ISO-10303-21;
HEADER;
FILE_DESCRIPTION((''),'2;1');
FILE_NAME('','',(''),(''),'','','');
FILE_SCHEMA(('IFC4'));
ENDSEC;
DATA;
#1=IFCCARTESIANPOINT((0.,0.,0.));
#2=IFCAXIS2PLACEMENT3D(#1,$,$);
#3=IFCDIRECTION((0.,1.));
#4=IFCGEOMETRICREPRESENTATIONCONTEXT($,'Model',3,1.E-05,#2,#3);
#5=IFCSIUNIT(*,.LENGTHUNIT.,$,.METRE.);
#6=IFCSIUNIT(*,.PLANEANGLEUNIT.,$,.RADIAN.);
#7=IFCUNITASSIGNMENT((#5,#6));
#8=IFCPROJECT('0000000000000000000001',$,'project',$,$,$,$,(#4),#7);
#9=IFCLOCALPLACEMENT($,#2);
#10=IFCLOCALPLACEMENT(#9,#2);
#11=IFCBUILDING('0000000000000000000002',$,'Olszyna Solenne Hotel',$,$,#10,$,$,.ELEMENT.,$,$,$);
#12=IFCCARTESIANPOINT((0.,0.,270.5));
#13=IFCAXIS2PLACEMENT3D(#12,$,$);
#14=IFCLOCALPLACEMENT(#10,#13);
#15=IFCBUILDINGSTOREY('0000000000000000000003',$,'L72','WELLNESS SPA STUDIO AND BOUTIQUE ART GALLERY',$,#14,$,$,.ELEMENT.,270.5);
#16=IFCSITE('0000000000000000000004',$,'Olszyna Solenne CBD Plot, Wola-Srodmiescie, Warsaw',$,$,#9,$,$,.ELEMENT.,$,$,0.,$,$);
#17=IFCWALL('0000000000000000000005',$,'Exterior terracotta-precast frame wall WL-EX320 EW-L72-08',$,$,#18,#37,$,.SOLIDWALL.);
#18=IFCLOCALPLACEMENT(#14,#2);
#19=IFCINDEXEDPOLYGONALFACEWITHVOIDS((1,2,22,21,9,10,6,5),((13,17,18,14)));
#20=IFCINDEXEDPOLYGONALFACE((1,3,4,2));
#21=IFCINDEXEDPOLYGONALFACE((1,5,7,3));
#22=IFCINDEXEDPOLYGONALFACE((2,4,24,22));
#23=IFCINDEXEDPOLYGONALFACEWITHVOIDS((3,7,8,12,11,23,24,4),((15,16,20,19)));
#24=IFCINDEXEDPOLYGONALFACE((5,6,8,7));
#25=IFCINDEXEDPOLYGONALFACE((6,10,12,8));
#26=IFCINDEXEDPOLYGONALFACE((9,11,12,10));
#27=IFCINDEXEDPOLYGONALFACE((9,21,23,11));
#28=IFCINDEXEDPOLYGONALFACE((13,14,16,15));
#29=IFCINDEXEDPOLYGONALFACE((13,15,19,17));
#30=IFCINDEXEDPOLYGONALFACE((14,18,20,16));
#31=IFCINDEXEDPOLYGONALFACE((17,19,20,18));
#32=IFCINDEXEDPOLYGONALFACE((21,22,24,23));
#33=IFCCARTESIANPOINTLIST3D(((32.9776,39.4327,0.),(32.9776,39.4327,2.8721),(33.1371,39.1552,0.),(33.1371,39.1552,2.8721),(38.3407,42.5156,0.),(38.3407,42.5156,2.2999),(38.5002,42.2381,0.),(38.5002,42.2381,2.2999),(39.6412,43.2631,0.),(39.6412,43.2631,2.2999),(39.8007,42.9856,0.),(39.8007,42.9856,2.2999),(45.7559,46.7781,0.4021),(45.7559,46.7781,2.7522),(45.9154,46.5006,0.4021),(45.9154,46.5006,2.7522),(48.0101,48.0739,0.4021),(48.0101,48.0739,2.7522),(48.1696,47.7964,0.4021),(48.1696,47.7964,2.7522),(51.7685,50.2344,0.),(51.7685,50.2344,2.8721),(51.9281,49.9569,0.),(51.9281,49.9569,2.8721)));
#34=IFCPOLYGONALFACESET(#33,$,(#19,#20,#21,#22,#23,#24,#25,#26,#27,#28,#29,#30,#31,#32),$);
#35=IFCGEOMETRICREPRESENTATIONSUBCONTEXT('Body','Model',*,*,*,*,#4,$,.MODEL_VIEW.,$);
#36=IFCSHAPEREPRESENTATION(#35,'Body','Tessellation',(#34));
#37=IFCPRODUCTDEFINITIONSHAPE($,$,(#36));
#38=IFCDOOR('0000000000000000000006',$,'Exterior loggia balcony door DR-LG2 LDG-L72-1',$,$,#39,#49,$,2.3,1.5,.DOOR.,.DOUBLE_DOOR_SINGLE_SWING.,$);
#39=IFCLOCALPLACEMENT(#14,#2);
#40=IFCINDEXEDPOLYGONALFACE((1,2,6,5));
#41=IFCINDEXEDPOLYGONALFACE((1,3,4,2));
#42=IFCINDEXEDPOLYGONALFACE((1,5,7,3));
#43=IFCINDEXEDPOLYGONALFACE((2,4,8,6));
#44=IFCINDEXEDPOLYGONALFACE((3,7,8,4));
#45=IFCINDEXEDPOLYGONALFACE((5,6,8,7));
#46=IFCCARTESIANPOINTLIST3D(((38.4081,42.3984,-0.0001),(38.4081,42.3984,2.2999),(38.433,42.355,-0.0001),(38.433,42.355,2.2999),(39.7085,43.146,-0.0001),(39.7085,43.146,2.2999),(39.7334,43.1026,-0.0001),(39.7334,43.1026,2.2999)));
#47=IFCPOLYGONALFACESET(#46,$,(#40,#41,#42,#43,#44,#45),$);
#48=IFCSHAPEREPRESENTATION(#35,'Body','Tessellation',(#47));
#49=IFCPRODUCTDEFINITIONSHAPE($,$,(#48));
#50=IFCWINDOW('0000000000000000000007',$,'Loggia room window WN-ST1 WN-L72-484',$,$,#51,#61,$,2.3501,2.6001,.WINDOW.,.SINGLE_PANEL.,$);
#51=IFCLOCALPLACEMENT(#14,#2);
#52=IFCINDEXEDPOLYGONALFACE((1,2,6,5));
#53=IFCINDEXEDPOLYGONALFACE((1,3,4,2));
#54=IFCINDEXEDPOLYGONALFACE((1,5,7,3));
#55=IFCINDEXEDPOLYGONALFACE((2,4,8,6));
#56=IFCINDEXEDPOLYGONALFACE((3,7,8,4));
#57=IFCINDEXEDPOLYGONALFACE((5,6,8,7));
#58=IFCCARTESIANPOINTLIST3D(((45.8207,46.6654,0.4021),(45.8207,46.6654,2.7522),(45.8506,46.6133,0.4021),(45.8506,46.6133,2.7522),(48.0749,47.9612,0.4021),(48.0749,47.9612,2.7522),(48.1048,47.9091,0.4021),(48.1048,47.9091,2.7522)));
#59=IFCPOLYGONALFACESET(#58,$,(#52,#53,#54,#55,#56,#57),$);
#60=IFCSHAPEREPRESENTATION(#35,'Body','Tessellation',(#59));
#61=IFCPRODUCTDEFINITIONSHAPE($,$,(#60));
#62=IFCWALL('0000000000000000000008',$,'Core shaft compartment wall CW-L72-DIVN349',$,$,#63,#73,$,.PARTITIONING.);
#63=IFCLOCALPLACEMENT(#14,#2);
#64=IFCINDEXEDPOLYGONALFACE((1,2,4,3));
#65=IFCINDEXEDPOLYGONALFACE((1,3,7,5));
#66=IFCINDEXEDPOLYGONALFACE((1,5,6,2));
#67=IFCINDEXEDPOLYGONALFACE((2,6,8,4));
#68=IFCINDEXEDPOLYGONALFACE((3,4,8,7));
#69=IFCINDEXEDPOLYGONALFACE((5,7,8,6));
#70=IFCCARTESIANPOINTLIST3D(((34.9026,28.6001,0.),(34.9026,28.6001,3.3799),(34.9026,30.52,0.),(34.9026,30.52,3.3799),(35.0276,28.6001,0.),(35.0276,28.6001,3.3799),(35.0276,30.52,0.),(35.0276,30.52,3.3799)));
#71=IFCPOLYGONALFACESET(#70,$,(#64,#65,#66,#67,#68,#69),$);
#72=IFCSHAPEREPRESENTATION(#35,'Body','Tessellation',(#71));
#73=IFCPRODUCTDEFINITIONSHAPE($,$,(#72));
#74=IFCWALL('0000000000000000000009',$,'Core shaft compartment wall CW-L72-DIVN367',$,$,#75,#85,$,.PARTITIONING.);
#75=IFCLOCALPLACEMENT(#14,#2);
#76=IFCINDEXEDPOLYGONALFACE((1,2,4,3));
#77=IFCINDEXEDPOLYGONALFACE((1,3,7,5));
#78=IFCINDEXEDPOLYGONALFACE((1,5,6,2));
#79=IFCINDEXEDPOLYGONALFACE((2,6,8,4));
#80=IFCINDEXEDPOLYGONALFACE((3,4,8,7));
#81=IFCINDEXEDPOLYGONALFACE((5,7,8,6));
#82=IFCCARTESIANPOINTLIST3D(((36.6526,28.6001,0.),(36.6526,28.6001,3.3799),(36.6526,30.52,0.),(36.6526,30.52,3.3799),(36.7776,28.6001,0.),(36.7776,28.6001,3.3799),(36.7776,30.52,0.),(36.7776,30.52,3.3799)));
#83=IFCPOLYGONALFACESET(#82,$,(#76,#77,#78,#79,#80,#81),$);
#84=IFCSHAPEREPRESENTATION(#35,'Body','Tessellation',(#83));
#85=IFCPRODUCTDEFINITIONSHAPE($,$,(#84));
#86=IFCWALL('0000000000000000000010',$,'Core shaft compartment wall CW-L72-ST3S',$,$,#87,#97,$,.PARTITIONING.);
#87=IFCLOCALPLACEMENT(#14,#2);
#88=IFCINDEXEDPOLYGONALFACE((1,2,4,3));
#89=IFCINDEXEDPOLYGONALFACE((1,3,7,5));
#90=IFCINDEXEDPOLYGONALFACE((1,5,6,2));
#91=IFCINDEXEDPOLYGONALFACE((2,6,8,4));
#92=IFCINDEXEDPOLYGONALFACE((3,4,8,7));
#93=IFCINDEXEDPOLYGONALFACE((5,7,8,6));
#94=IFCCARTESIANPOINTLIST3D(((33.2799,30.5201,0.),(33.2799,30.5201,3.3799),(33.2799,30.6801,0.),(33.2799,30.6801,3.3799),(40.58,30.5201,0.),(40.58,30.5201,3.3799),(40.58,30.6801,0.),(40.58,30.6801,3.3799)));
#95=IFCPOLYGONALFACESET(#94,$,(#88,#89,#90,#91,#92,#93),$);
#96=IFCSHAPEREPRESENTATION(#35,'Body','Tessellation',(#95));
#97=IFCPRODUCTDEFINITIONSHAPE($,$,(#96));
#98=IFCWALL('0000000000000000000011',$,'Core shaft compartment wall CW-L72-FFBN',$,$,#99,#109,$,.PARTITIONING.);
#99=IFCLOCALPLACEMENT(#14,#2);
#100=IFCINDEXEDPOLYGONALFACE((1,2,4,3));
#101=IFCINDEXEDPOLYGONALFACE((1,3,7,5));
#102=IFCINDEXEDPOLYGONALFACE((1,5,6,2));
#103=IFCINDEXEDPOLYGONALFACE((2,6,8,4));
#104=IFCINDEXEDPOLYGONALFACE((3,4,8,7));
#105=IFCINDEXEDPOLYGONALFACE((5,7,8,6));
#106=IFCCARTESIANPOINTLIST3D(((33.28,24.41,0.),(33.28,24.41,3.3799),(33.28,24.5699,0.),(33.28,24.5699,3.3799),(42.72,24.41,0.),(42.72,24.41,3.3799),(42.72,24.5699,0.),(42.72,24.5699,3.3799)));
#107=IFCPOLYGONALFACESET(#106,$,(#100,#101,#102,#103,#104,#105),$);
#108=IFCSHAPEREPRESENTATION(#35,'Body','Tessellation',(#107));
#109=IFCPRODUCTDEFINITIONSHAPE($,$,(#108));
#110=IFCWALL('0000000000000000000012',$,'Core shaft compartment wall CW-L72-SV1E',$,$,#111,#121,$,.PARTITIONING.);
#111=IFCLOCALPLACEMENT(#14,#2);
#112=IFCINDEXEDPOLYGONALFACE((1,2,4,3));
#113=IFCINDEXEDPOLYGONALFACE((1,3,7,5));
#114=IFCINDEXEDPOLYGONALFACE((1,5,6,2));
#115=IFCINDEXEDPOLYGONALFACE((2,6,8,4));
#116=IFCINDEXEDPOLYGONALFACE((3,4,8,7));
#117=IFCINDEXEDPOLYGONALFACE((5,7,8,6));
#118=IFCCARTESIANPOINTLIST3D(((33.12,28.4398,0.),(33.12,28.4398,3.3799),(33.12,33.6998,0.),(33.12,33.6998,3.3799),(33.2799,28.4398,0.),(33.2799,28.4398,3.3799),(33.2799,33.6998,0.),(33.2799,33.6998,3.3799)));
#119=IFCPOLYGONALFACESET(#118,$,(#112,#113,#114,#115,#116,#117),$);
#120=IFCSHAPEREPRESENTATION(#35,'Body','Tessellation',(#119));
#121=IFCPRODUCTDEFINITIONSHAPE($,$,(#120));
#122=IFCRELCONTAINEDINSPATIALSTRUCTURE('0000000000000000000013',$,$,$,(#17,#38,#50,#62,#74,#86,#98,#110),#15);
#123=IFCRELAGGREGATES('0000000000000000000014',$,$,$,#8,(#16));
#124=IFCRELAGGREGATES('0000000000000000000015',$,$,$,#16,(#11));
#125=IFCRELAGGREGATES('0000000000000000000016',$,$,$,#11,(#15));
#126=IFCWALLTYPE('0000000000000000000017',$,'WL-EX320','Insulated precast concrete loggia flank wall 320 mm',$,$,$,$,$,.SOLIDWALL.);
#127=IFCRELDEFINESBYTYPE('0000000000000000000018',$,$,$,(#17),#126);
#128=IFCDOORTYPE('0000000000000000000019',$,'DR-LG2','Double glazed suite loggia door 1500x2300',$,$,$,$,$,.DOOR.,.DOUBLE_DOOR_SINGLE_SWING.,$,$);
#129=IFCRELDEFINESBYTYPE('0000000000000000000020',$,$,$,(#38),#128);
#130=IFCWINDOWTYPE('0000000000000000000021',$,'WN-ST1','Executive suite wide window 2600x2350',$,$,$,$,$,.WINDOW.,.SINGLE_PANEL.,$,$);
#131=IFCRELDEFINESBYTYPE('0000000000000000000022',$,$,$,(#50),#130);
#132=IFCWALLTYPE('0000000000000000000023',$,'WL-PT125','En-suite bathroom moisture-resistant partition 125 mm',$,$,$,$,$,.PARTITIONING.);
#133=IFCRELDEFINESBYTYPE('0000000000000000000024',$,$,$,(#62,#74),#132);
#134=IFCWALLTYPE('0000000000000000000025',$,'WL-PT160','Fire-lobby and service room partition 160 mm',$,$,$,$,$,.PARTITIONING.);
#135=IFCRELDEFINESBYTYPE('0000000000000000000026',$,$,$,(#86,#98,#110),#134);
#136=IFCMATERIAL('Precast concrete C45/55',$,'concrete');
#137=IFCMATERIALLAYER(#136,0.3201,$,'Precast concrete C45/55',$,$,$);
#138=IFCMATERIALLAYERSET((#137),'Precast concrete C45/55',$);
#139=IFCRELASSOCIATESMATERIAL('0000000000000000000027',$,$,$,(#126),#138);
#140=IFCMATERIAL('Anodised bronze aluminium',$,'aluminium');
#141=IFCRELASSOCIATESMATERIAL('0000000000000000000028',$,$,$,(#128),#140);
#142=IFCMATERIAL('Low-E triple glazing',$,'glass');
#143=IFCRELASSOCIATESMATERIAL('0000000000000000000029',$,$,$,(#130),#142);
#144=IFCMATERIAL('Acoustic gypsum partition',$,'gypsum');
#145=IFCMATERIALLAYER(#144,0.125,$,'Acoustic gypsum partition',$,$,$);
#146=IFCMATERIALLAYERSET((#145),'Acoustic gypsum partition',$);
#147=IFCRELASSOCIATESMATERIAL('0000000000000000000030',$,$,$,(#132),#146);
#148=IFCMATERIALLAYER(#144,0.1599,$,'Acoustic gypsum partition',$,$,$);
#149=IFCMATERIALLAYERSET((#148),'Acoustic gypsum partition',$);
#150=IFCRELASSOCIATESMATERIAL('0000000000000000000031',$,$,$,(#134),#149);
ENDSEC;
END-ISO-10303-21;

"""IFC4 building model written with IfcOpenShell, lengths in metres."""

from ifc_helpers import new_model, si_unit, direction, frame, frame_2d, origin, place, context, subcontext, project, spatial, rectangle, extrude, source, transform, mapped, material, layer, layer_set, type_object, type_shapes, element, fill, save


model = new_model("IFC4")

# Units and contexts
model_context = context("Model", 3, precision=1e-05, world=origin(), true_north=direction((0.0, 1.0)))
body_context = subcontext(model_context, "Body", "Model", "MODEL_VIEW")
ifc_project = project(units=[si_unit("LENGTHUNIT", "METRE"), si_unit("PLANEANGLEUNIT", "RADIAN")], contexts=[model_context])

# Site, building, storey
site_placement = place(None, origin())
site = spatial("IfcSite", under=ifc_project, at=site_placement, Name="Olszyna Solenne CBD Plot, Wola-Srodmiescie, Warsaw", CompositionType="ELEMENT", RefElevation=0.0)
building_placement = place(site_placement, origin())
building = spatial("IfcBuilding", under=site, at=building_placement, Name="Olszyna Solenne Hotel", CompositionType="ELEMENT")
storey_placement = place(building_placement, frame((0.0, 0.0, 270.5)))
storey = spatial("IfcBuildingStorey", under=building, at=storey_placement, Name="L72", Description="WELLNESS SPA STUDIO AND BOUTIQUE ART GALLERY", CompositionType="ELEMENT", Elevation=270.5)

# Wall, openings, door, window
ifc_material_1 = material(Name="Precast concrete C45/55", Category="concrete")
ifc_layer_1 = layer(ifc_material_1, 0.3201, Name="Precast concrete C45/55")
ifc_layer_set_1 = layer_set([ifc_layer_1], Name="Precast concrete C45/55")
wall_type_1 = type_object("IfcWallType", Name="WL-EX320", Description="Insulated precast concrete loggia flank wall 320 mm", PredefinedType="SOLIDWALL", material=ifc_layer_set_1)
wall_1_placement = place(storey_placement, frame((33.0574, 39.2939, 0.0), z_axis=(0.0, 0.0, 1.0), x_axis=(0.866968, 0.498364, 0.0)))
wall_1 = element("IfcWall", 1, at=wall_1_placement, inside=storey, type_object=wall_type_1, Name="Exterior terracotta-precast frame wall WL-EX320 EW-L72-08", PredefinedType="SOLIDWALL", context=body_context, shape_type="SweptSolid", body=[
    extrude(rectangle(XDim=21.6743, YDim=0.3201, at=frame_2d((10.8372, 0.0))), origin(), (0.0, 0.0, 1.0), 2.8721),
])
opening_1_placement = place(wall_1_placement, frame((6.186, 0.0, 0.0)))
opening_1 = element("IfcOpeningElement", 2, at=opening_1_placement, cuts=wall_1, PredefinedType="OPENING", context=body_context, shape_type="SweptSolid", body=[
    extrude(rectangle(XDim=1.5, YDim=2.3, at=frame_2d((0.75, 1.1499))), frame((0.0, 0.1699, 0.0), z_axis=(0.0, -1.0, 0.0), x_axis=(1.0, 0.0, 0.0)), (0.0, 0.0, 1.0), 0.3401),
])
opening_2_placement = place(wall_1_placement, frame((14.739, 0.0, 0.4021)))
opening_2 = element("IfcOpeningElement", 3, at=opening_2_placement, cuts=wall_1, PredefinedType="OPENING", context=body_context, shape_type="SweptSolid", body=[
    extrude(rectangle(XDim=2.6001, YDim=2.3501, at=frame_2d((1.3, 1.175))), frame((0.0, 0.1699, 0.0), z_axis=(0.0, -1.0, 0.0), x_axis=(1.0, 0.0, 0.0)), (0.0, 0.0, 1.0), 0.3401),
])
ifc_material_2 = material(Name="Anodised bronze aluminium", Category="aluminium")
door_type_1 = type_object("IfcDoorType", Name="DR-LG2", Description="Double glazed suite loggia door 1500x2300", OperationType="DOUBLE_DOOR_SINGLE_SWING", PredefinedType="DOOR", material=ifc_material_2)
shared_shape_1 = source(origin(), body_context, "Body", "SweptSolid", [
    extrude(rectangle(XDim=1.5, YDim=2.3, at=frame_2d((0.75, 1.1499))), frame((0.0, 0.0249, 0.0), z_axis=(0.0, -1.0, 0.0), x_axis=(1.0, 0.0, 0.0)), (0.0, 0.0, 1.0), 0.05),
])
type_shapes(door_type_1, [shared_shape_1])
door_1_placement = place(opening_1_placement, origin())
door_1 = element("IfcDoor", 4, at=door_1_placement, inside=storey, type_object=door_type_1, Name="Exterior loggia balcony door DR-LG2 LDG-L72-1", OperationType="DOUBLE_DOOR_SINGLE_SWING", OverallHeight=2.3, OverallWidth=1.5, PredefinedType="DOOR", context=body_context, shape_type="MappedRepresentation", body=[
    mapped(shared_shape_1, transform((0.0, 0.0, 0.0), x_axis=(1.0, 0.0, 0.0), y_axis=(0.0, 1.0, 0.0), z_axis=(0.0, 0.0, 1.0), scale=1.0)),
])
fill(opening_1, door_1)
ifc_material_3 = material(Name="Low-E triple glazing", Category="glass")
window_type = type_object("IfcWindowType", Name="WN-ST1", Description="Executive suite wide window 2600x2350", PartitioningType="SINGLE_PANEL", PredefinedType="WINDOW", material=ifc_material_3)
shared_shape_2 = source(origin(), body_context, "Body", "SweptSolid", [
    extrude(rectangle(XDim=2.6001, YDim=2.3501, at=frame_2d((1.3, 1.175))), frame((0.0, 0.03, 0.0), z_axis=(0.0, -1.0, 0.0), x_axis=(1.0, 0.0, 0.0)), (0.0, 0.0, 1.0), 0.0601),
])
type_shapes(window_type, [shared_shape_2])
window_placement = place(opening_2_placement, origin())
window = element("IfcWindow", 5, at=window_placement, inside=storey, type_object=window_type, Name="Loggia room window WN-ST1 WN-L72-484", OverallHeight=2.3501, OverallWidth=2.6001, PartitioningType="SINGLE_PANEL", PredefinedType="WINDOW", context=body_context, shape_type="MappedRepresentation", body=[
    mapped(shared_shape_2, transform((0.0, 0.0, 0.0), x_axis=(1.0, 0.0, 0.0), y_axis=(0.0, 1.0, 0.0), z_axis=(0.0, 0.0, 1.0), scale=1.0)),
])
fill(opening_2, window)

# Walls
ifc_material_4 = material(Name="Acoustic gypsum partition", Category="gypsum")
ifc_layer_2 = layer(ifc_material_4, 0.125, Name="Acoustic gypsum partition")
ifc_layer_set_2 = layer_set([ifc_layer_2], Name="Acoustic gypsum partition")
wall_type_2 = type_object("IfcWallType", Name="WL-PT125", Description="En-suite bathroom moisture-resistant partition 125 mm", PredefinedType="PARTITIONING", material=ifc_layer_set_2)
for number, where, z_axis, x_axis, name in (
    (6, (34.9651, 28.6001, 0.0), (0.0, 0.0, 1.0), (0.0, 1.0, 0.0), "Core shaft compartment wall CW-L72-DIVN349"),
    (7, (36.7151, 28.6001, 0.0), (0.0, 0.0, 1.0), (0.0, 1.0, 0.0), "Core shaft compartment wall CW-L72-DIVN367"),
):
    element("IfcWall", number, at=place(storey_placement, frame(where, z_axis=z_axis, x_axis=x_axis)), inside=storey, type_object=wall_type_2, Name=name, PredefinedType="PARTITIONING", context=body_context, shape_type="SweptSolid", body=[
        extrude(rectangle(XDim=1.9199, YDim=0.125, at=frame_2d((0.96, 0.0))), origin(), (0.0, 0.0, 1.0), 3.3799),
    ])
ifc_layer_3 = layer(ifc_material_4, 0.1599, Name="Acoustic gypsum partition")
ifc_layer_set_3 = layer_set([ifc_layer_3], Name="Acoustic gypsum partition")
wall_type_3 = type_object("IfcWallType", Name="WL-PT160", Description="Fire-lobby and service room partition 160 mm", PredefinedType="PARTITIONING", material=ifc_layer_set_3)
wall_2_placement = place(storey_placement, frame((33.28, 30.6001, 0.0), z_axis=(0.0, 0.0, 1.0), x_axis=(1.0, 0.0, 0.0)))
element("IfcWall", 8, at=wall_2_placement, inside=storey, type_object=wall_type_3, Name="Core shaft compartment wall CW-L72-ST3S", PredefinedType="PARTITIONING", context=body_context, shape_type="SweptSolid", body=[
    extrude(rectangle(XDim=7.3, YDim=0.1599, at=frame_2d((3.6499, 0.0))), origin(), (0.0, 0.0, 1.0), 3.3799),
])
wall_3_placement = place(storey_placement, frame((33.28, 24.49, 0.0), z_axis=(0.0, 0.0, 1.0), x_axis=(1.0, 0.0, 0.0)))
element("IfcWall", 9, at=wall_3_placement, inside=storey, type_object=wall_type_3, Name="Core shaft compartment wall CW-L72-FFBN", PredefinedType="PARTITIONING", context=body_context, shape_type="SweptSolid", body=[
    extrude(rectangle(XDim=9.4399, YDim=0.1599, at=frame_2d((4.72, 0.0))), origin(), (0.0, 0.0, 1.0), 3.3799),
])
wall_4_placement = place(storey_placement, frame((33.2, 28.4399, 0.0), z_axis=(0.0, 0.0, 1.0), x_axis=(0.0, 1.0, 0.0)))
element("IfcWall", 10, at=wall_4_placement, inside=storey, type_object=wall_type_3, Name="Core shaft compartment wall CW-L72-SV1E", PredefinedType="PARTITIONING", context=body_context, shape_type="SweptSolid", body=[
    extrude(rectangle(XDim=5.26, YDim=0.1599, at=frame_2d((2.6299, 0.0))), origin(), (0.0, 0.0, 1.0), 3.3799),
])

save(model, "model.ifc")
